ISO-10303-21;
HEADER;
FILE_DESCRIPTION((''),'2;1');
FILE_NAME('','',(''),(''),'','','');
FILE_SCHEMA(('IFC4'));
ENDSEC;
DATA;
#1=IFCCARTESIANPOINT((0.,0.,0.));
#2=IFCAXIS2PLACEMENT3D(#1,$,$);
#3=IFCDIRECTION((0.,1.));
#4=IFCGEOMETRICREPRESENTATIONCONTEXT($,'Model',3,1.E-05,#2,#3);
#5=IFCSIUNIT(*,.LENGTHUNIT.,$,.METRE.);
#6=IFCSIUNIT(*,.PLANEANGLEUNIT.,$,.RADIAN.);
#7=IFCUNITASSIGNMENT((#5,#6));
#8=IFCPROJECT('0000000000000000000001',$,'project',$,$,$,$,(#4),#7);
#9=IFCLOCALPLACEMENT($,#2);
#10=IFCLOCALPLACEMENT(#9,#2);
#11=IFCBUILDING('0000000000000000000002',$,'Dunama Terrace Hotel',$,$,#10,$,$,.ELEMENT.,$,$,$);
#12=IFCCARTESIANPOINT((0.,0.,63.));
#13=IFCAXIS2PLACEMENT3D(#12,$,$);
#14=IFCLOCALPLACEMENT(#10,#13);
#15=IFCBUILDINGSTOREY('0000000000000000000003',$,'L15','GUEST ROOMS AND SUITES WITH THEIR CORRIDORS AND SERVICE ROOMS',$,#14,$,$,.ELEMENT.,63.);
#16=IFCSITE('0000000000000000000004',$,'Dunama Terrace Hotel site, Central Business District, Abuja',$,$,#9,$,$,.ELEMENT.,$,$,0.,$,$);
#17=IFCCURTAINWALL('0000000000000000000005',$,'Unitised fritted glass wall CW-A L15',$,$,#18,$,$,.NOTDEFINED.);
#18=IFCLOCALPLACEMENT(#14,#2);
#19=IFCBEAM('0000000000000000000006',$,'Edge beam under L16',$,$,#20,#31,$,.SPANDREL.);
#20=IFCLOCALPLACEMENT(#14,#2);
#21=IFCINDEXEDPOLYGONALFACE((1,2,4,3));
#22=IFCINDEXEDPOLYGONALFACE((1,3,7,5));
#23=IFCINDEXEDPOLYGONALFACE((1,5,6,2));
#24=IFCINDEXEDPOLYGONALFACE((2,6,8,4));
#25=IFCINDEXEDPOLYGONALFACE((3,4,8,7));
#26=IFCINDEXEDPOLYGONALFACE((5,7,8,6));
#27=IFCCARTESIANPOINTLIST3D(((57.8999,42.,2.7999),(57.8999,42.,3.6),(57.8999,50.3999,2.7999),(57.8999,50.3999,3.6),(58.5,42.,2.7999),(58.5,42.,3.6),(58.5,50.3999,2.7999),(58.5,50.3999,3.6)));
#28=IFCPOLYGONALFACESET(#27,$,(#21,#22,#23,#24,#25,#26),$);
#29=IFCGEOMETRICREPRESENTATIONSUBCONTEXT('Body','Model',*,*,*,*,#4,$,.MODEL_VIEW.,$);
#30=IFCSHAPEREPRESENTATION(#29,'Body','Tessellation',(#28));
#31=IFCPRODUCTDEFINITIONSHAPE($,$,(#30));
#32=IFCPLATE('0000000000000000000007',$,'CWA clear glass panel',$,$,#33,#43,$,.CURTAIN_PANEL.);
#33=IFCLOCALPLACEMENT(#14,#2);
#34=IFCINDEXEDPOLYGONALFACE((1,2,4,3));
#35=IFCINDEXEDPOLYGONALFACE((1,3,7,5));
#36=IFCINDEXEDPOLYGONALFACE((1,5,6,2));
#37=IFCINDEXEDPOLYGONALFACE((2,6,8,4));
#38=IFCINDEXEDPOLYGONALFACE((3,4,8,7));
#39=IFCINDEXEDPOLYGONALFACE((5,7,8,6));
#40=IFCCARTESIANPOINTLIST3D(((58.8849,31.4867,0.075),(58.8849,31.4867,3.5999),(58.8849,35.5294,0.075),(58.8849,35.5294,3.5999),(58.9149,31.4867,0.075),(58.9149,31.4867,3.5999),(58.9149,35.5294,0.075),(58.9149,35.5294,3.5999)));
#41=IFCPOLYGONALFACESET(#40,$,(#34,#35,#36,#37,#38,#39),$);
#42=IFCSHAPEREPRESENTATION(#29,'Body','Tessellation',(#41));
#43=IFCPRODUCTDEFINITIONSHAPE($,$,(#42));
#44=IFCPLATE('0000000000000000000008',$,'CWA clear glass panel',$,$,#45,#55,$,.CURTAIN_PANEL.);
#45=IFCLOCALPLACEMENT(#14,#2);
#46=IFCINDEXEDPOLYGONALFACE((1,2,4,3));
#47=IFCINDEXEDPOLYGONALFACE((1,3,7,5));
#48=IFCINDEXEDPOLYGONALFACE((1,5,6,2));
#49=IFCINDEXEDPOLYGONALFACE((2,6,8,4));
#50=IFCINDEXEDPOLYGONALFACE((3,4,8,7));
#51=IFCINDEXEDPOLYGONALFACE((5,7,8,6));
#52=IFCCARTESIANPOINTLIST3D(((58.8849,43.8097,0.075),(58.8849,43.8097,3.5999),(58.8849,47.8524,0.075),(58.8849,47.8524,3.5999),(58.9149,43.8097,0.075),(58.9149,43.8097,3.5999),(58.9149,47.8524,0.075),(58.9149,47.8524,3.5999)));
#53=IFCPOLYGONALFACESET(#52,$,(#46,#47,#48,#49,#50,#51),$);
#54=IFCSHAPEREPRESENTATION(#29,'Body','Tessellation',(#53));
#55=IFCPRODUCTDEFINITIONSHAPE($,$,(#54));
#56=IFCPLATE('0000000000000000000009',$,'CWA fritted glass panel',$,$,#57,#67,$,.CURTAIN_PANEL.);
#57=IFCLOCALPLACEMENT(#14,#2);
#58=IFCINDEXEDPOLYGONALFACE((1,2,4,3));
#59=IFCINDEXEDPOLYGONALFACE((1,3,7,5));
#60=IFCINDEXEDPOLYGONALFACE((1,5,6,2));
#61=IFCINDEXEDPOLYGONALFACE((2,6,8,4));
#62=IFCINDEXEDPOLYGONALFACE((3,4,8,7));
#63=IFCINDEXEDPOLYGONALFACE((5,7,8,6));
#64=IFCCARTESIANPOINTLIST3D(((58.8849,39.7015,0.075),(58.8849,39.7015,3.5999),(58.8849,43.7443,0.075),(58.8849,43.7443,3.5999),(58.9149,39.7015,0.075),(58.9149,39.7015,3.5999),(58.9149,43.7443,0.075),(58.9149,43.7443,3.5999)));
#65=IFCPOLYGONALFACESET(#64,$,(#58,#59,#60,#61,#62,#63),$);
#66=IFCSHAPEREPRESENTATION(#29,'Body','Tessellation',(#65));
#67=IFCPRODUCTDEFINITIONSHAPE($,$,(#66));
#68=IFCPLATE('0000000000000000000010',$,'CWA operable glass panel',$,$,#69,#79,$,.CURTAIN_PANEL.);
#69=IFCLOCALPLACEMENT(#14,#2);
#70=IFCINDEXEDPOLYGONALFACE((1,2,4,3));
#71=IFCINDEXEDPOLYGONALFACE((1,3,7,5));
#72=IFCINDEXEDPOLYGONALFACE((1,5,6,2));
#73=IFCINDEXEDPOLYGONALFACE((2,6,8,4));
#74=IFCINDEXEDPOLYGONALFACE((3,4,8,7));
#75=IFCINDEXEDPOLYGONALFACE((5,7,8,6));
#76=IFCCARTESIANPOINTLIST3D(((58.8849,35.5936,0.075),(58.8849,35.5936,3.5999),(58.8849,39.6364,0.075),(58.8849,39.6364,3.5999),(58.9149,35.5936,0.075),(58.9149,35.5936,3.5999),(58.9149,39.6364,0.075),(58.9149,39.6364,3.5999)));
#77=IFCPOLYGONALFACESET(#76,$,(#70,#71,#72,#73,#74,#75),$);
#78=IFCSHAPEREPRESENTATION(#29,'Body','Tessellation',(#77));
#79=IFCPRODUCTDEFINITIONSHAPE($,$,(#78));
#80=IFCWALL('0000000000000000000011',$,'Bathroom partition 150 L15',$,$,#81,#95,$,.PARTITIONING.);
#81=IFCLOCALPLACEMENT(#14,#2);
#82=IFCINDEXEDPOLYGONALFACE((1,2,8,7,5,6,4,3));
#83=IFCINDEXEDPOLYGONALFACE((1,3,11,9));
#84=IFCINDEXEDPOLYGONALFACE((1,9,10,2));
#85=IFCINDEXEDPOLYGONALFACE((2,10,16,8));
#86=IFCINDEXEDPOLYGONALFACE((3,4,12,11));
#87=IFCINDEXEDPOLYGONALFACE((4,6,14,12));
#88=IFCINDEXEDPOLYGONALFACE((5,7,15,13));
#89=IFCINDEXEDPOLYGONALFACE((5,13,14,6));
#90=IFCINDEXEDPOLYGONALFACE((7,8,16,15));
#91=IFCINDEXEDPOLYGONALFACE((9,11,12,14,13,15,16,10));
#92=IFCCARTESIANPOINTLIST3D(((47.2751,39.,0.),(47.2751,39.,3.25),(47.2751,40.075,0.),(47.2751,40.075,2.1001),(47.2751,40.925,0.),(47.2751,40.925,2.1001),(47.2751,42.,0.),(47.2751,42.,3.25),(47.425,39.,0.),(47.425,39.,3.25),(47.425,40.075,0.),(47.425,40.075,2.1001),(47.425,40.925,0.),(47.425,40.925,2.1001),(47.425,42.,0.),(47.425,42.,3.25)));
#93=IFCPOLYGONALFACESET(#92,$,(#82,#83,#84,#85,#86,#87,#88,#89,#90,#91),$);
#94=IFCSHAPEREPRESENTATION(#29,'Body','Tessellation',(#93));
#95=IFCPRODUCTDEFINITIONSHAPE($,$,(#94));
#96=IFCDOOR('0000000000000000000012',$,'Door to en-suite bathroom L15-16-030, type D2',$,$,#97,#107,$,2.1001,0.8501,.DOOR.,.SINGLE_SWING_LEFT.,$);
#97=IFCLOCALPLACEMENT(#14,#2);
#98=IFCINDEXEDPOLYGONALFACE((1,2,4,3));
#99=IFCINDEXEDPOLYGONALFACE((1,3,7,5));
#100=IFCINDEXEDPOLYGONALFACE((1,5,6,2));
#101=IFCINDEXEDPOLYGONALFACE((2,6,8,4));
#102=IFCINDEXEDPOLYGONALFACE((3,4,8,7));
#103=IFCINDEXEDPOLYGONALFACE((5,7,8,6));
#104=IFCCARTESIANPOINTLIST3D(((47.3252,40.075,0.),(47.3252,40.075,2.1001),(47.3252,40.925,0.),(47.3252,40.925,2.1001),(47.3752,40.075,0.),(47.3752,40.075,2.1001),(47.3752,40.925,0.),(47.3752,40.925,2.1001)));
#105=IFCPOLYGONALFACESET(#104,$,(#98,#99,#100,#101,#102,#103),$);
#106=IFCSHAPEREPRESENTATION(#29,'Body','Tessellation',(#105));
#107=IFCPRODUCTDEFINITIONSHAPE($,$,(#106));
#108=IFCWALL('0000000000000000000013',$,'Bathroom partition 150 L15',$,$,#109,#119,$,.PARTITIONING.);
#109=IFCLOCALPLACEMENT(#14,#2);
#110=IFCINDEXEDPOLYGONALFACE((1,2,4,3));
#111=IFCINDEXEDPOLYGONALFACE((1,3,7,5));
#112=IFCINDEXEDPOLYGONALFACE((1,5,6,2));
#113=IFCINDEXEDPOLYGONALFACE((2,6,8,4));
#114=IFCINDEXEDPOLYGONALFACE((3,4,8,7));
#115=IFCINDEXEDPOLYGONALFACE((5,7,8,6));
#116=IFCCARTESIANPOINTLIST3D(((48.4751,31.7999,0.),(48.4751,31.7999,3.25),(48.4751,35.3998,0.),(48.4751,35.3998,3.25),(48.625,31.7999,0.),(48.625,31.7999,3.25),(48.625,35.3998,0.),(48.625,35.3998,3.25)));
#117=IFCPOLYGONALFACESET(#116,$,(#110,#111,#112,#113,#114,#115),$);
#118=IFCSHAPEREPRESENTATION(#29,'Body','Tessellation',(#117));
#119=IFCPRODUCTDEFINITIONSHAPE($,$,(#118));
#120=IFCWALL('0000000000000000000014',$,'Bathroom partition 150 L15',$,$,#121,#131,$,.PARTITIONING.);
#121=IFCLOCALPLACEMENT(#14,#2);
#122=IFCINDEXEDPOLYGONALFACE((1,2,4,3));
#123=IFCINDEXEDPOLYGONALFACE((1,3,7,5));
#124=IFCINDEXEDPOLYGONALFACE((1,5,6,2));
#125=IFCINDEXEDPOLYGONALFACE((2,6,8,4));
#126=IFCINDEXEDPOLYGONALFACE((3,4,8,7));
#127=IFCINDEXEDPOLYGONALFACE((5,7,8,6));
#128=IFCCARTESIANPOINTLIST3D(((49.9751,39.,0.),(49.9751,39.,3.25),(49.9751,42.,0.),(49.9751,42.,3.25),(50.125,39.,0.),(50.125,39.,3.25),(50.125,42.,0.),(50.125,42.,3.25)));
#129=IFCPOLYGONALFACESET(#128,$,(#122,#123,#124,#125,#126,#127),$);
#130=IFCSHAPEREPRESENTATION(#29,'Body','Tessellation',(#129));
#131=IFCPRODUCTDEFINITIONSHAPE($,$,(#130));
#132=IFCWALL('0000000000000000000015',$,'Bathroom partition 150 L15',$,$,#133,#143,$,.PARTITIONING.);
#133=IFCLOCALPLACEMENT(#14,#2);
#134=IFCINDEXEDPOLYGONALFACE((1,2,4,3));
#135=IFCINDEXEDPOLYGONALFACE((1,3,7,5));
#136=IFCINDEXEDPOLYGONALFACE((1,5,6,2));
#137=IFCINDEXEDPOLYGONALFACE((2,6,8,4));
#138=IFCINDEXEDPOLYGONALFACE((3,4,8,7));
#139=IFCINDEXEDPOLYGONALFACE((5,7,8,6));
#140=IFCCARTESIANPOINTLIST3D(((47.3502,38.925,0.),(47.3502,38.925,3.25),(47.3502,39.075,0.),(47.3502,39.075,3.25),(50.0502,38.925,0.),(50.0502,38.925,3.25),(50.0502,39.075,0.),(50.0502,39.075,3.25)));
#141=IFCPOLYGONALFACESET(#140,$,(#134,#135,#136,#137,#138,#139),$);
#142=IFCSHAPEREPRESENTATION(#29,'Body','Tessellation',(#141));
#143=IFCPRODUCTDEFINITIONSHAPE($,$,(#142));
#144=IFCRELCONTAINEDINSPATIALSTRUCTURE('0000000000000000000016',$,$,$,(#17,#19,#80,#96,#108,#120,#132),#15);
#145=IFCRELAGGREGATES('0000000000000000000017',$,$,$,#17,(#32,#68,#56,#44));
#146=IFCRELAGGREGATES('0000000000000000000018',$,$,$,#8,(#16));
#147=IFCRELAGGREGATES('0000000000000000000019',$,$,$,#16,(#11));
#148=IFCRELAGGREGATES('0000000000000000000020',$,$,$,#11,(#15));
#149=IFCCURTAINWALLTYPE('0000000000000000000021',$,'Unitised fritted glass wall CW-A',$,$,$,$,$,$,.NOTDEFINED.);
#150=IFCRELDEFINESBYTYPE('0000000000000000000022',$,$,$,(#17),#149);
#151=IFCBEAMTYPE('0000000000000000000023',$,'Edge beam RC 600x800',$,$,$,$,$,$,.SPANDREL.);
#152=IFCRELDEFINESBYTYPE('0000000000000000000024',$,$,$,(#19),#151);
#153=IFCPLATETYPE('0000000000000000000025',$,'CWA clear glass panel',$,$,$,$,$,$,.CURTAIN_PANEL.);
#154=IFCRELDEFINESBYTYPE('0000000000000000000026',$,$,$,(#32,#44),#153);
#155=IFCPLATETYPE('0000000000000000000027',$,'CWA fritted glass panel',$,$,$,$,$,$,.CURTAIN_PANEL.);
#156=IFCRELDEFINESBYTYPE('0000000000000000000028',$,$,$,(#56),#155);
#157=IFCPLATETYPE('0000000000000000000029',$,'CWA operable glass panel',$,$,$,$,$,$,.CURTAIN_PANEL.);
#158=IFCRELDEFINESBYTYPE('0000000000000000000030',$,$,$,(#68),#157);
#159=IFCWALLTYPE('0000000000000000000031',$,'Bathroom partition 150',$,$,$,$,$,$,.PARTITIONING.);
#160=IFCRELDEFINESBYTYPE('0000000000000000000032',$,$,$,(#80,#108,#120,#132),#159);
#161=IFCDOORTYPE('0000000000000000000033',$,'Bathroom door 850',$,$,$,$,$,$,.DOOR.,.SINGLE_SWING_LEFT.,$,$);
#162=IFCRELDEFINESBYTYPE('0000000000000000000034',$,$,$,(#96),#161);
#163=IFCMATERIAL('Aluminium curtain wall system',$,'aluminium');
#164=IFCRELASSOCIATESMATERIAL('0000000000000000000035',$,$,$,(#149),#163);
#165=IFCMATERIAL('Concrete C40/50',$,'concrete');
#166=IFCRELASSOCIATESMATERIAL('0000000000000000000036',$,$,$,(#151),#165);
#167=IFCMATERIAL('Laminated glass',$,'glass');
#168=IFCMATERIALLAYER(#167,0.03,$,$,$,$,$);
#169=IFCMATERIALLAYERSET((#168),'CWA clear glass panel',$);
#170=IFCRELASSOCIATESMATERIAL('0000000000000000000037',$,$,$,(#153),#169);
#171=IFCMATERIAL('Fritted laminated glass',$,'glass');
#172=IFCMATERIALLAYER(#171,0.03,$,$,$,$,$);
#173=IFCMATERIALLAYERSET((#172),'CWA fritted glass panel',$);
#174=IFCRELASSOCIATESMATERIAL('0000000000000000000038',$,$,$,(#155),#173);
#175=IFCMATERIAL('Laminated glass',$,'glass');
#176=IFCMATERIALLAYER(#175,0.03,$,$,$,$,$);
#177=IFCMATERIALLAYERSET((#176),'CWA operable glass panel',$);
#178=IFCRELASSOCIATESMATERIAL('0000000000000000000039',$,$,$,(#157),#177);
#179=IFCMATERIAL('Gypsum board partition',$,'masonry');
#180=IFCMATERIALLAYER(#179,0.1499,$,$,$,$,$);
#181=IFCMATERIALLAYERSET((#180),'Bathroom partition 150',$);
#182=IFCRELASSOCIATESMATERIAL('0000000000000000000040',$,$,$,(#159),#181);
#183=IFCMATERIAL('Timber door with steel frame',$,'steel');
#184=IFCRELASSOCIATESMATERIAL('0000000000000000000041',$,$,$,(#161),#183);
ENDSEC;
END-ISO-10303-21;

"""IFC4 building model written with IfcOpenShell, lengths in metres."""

from ifc_helpers import new_model, si_unit, direction, frame, frame_2d, origin, origin_2d, place, context, subcontext, project, spatial, rectangle, extrude, material, layer, layer_set, material_profile, profile_set, type_object, element, fill, aggregate, save


model = new_model("IFC4")

# Units and contexts
model_context = context("Model", 3, precision=1e-05, world=origin(), true_north=direction((0.0, 1.0)))
body_context = subcontext(model_context, "Body", "Model", "MODEL_VIEW")
ifc_project = project(units=[si_unit("LENGTHUNIT", "METRE"), si_unit("PLANEANGLEUNIT", "RADIAN")], contexts=[model_context])

# Site, building, storey
site_placement = place(None, origin())
site = spatial("IfcSite", under=ifc_project, at=site_placement, Name="Dunama Terrace Hotel site, Central Business District, Abuja", CompositionType="ELEMENT", RefElevation=0.0)
building_placement = place(site_placement, origin())
building = spatial("IfcBuilding", under=site, at=building_placement, Name="Dunama Terrace Hotel", CompositionType="ELEMENT")
storey_placement = place(building_placement, frame((0.0, 0.0, 63.0)))
storey = spatial("IfcBuildingStorey", under=building, at=storey_placement, Name="L15", Description="GUEST ROOMS AND SUITES WITH THEIR CORRIDORS AND SERVICE ROOMS", CompositionType="ELEMENT", Elevation=63.0)

# Curtain wall
ifc_material_1 = material(Name="Aluminium curtain wall system", Category="aluminium")
curtain_wall_type = type_object("IfcCurtainWallType", Name="Unitised fritted glass wall CW-A", PredefinedType="NOTDEFINED", material=ifc_material_1)
curtain_wall_placement = place(storey_placement, origin())
curtain_wall = element("IfcCurtainWall", 1, at=curtain_wall_placement, inside=storey, type_object=curtain_wall_type, Name="Unitised fritted glass wall CW-A L15", PredefinedType="NOTDEFINED")

# Beam
ifc_material_2 = material(Name="Concrete C40/50", Category="concrete")
ifc_material_profile_1 = material_profile(ifc_material_2, rectangle(XDim=0.6001, YDim=0.8, at=origin_2d()), Name="RC 600x800")
ifc_profile_set_1 = profile_set([ifc_material_profile_1], Name="Concrete C40/50")
beam_type = type_object("IfcBeamType", Name="Edge beam RC 600x800", PredefinedType="SPANDREL", material=ifc_profile_set_1)
for number, where, z_axis, x_axis, name in (
    (2, (58.2, 42.0, 3.2), (0.0, 1.0, 0.0), (-1.0, 0.0, 0.0), "Edge beam under L16"),
):
    element("IfcBeam", number, at=place(storey_placement, frame(where, z_axis=z_axis, x_axis=x_axis)), inside=storey, type_object=beam_type, Name=name, PredefinedType="SPANDREL", context=body_context, shape_type="SweptSolid", body=[
        extrude(rectangle(XDim=0.6001, YDim=0.8, at=origin_2d()), origin(), (0.0, 0.0, 1.0), 8.3999),
    ])

# Plates
ifc_material_3 = material(Name="Laminated glass", Category="glass")
ifc_layer_1 = layer(ifc_material_3, 0.03)
ifc_layer_set_1 = layer_set([ifc_layer_1], Name="CWA clear glass panel")
plate_type_1 = type_object("IfcPlateType", Name="CWA clear glass panel", PredefinedType="CURTAIN_PANEL", material=ifc_layer_set_1)
plate_1_placement = place(storey_placement, frame((58.8999, 33.5081, 0.075), z_axis=(0.0, 0.0, 1.0), x_axis=(0.0, 1.0, 0.0)))
plate_1 = element("IfcPlate", 3, at=plate_1_placement, type_object=plate_type_1, Name="CWA clear glass panel", PredefinedType="CURTAIN_PANEL", context=body_context, shape_type="SweptSolid", body=[
    extrude(rectangle(XDim=4.0427, YDim=0.03, at=origin_2d()), origin(), (0.0, 0.0, 1.0), 3.5249),
])
plate_2_placement = place(storey_placement, frame((58.8999, 45.8311, 0.075), z_axis=(0.0, 0.0, 1.0), x_axis=(0.0, 1.0, 0.0)))
plate_2 = element("IfcPlate", 4, at=plate_2_placement, type_object=plate_type_1, Name="CWA clear glass panel", PredefinedType="CURTAIN_PANEL", context=body_context, shape_type="SweptSolid", body=[
    extrude(rectangle(XDim=4.0427, YDim=0.03, at=origin_2d()), origin(), (0.0, 0.0, 1.0), 3.5249),
])
ifc_material_4 = material(Name="Fritted laminated glass", Category="glass")
ifc_layer_2 = layer(ifc_material_4, 0.03)
ifc_layer_set_2 = layer_set([ifc_layer_2], Name="CWA fritted glass panel")
plate_type_2 = type_object("IfcPlateType", Name="CWA fritted glass panel", PredefinedType="CURTAIN_PANEL", material=ifc_layer_set_2)
plate_3_placement = place(storey_placement, frame((58.8999, 41.7229, 0.075), z_axis=(0.0, 0.0, 1.0), x_axis=(0.0, 1.0, 0.0)))
plate_3 = element("IfcPlate", 5, at=plate_3_placement, type_object=plate_type_2, Name="CWA fritted glass panel", PredefinedType="CURTAIN_PANEL", context=body_context, shape_type="SweptSolid", body=[
    extrude(rectangle(XDim=4.0427, YDim=0.03, at=origin_2d()), origin(), (0.0, 0.0, 1.0), 3.5249),
])
ifc_material_5 = material(Name="Laminated glass", Category="glass")
ifc_layer_3 = layer(ifc_material_5, 0.03)
ifc_layer_set_3 = layer_set([ifc_layer_3], Name="CWA operable glass panel")
plate_type_3 = type_object("IfcPlateType", Name="CWA operable glass panel", PredefinedType="CURTAIN_PANEL", material=ifc_layer_set_3)
plate_4_placement = place(storey_placement, frame((58.8999, 37.615, 0.075), z_axis=(0.0, 0.0, 1.0), x_axis=(0.0, 1.0, 0.0)))
plate_4 = element("IfcPlate", 6, at=plate_4_placement, type_object=plate_type_3, Name="CWA operable glass panel", PredefinedType="CURTAIN_PANEL", context=body_context, shape_type="SweptSolid", body=[
    extrude(rectangle(XDim=4.0427, YDim=0.03, at=origin_2d()), origin(), (0.0, 0.0, 1.0), 3.5249),
])
aggregate(curtain_wall, [plate_1, plate_4, plate_3, plate_2])

# Wall, opening, door
ifc_material_6 = material(Name="Gypsum board partition", Category="masonry")
ifc_layer_4 = layer(ifc_material_6, 0.1499)
ifc_layer_set_4 = layer_set([ifc_layer_4], Name="Bathroom partition 150")
wall_type_1 = type_object("IfcWallType", Name="Bathroom partition 150", PredefinedType="PARTITIONING", material=ifc_layer_set_4)
wall_1_placement = place(storey_placement, frame((47.3501, 39.0, 0.0), z_axis=(0.0, 0.0, 1.0), x_axis=(0.0, 1.0, 0.0)))
wall_1 = element("IfcWall", 7, at=wall_1_placement, inside=storey, type_object=wall_type_1, Name="Bathroom partition 150 L15", PredefinedType="PARTITIONING", context=body_context, shape_type="SweptSolid", body=[
    extrude(rectangle(XDim=3.0, YDim=0.1499, at=frame_2d((1.5, 0.0))), origin(), (0.0, 0.0, 1.0), 3.25),
])
opening_1_placement = place(wall_1_placement, frame((1.075, 0.0, 0.0)))
opening_1 = element("IfcOpeningElement", 8, at=opening_1_placement, cuts=wall_1, PredefinedType="OPENING", context=body_context, shape_type="SweptSolid", body=[
    extrude(rectangle(XDim=0.8501, YDim=2.1001, at=frame_2d((0.425, 1.05))), frame((0.0, 0.085, 0.0), z_axis=(0.0, -1.0, 0.0), x_axis=(1.0, 0.0, 0.0)), (0.0, 0.0, 1.0), 0.1699),
])
ifc_material_7 = material(Name="Timber door with steel frame", Category="steel")
door_type_1 = type_object("IfcDoorType", Name="Bathroom door 850", OperationType="SINGLE_SWING_LEFT", PredefinedType="DOOR", material=ifc_material_7)
door_1_placement = place(opening_1_placement, frame((0.8501, 0.0, 0.0), z_axis=(0.0, 0.0, 1.0), x_axis=(-1.0, 0.0, 0.0)))
door_1 = element("IfcDoor", 9, at=door_1_placement, inside=storey, type_object=door_type_1, Name="Door to en-suite bathroom L15-16-030, type D2", OperationType="SINGLE_SWING_LEFT", OverallHeight=2.1001, OverallWidth=0.8501, PredefinedType="DOOR", context=body_context, shape_type="SweptSolid", body=[
    extrude(rectangle(XDim=0.8501, YDim=2.1001, at=frame_2d((0.425, 1.05))), frame((0.0, 0.0251, 0.0), z_axis=(0.0, -1.0, 0.0), x_axis=(1.0, 0.0, 0.0)), (0.0, 0.0, 1.0), 0.05),
])
fill(opening_1, door_1)

# Walls
wall_2_placement = place(storey_placement, frame((48.55, 31.8, 0.0), z_axis=(0.0, 0.0, 1.0), x_axis=(0.0, 1.0, 0.0)))
element("IfcWall", 10, at=wall_2_placement, inside=storey, type_object=wall_type_1, Name="Bathroom partition 150 L15", PredefinedType="PARTITIONING", context=body_context, shape_type="SweptSolid", body=[
    extrude(rectangle(XDim=3.5999, YDim=0.1499, at=frame_2d((1.7998, 0.0))), origin(), (0.0, 0.0, 1.0), 3.25),
])
wall_3_placement = place(storey_placement, frame((50.05, 39.0, 0.0), z_axis=(0.0, 0.0, 1.0), x_axis=(0.0, 1.0, 0.0)))
element("IfcWall", 11, at=wall_3_placement, inside=storey, type_object=wall_type_1, Name="Bathroom partition 150 L15", PredefinedType="PARTITIONING", context=body_context, shape_type="SweptSolid", body=[
    extrude(rectangle(XDim=3.0, YDim=0.1499, at=frame_2d((1.5, 0.0))), origin(), (0.0, 0.0, 1.0), 3.25),
])
wall_4_placement = place(storey_placement, frame((47.3501, 39.0, 0.0), z_axis=(0.0, 0.0, 1.0), x_axis=(1.0, 0.0, 0.0)))
element("IfcWall", 12, at=wall_4_placement, inside=storey, type_object=wall_type_1, Name="Bathroom partition 150 L15", PredefinedType="PARTITIONING", context=body_context, shape_type="SweptSolid", body=[
    extrude(rectangle(XDim=2.7, YDim=0.1499, at=frame_2d((1.3501, 0.0))), origin(), (0.0, 0.0, 1.0), 3.25),
])

save(model, "model.ifc")
